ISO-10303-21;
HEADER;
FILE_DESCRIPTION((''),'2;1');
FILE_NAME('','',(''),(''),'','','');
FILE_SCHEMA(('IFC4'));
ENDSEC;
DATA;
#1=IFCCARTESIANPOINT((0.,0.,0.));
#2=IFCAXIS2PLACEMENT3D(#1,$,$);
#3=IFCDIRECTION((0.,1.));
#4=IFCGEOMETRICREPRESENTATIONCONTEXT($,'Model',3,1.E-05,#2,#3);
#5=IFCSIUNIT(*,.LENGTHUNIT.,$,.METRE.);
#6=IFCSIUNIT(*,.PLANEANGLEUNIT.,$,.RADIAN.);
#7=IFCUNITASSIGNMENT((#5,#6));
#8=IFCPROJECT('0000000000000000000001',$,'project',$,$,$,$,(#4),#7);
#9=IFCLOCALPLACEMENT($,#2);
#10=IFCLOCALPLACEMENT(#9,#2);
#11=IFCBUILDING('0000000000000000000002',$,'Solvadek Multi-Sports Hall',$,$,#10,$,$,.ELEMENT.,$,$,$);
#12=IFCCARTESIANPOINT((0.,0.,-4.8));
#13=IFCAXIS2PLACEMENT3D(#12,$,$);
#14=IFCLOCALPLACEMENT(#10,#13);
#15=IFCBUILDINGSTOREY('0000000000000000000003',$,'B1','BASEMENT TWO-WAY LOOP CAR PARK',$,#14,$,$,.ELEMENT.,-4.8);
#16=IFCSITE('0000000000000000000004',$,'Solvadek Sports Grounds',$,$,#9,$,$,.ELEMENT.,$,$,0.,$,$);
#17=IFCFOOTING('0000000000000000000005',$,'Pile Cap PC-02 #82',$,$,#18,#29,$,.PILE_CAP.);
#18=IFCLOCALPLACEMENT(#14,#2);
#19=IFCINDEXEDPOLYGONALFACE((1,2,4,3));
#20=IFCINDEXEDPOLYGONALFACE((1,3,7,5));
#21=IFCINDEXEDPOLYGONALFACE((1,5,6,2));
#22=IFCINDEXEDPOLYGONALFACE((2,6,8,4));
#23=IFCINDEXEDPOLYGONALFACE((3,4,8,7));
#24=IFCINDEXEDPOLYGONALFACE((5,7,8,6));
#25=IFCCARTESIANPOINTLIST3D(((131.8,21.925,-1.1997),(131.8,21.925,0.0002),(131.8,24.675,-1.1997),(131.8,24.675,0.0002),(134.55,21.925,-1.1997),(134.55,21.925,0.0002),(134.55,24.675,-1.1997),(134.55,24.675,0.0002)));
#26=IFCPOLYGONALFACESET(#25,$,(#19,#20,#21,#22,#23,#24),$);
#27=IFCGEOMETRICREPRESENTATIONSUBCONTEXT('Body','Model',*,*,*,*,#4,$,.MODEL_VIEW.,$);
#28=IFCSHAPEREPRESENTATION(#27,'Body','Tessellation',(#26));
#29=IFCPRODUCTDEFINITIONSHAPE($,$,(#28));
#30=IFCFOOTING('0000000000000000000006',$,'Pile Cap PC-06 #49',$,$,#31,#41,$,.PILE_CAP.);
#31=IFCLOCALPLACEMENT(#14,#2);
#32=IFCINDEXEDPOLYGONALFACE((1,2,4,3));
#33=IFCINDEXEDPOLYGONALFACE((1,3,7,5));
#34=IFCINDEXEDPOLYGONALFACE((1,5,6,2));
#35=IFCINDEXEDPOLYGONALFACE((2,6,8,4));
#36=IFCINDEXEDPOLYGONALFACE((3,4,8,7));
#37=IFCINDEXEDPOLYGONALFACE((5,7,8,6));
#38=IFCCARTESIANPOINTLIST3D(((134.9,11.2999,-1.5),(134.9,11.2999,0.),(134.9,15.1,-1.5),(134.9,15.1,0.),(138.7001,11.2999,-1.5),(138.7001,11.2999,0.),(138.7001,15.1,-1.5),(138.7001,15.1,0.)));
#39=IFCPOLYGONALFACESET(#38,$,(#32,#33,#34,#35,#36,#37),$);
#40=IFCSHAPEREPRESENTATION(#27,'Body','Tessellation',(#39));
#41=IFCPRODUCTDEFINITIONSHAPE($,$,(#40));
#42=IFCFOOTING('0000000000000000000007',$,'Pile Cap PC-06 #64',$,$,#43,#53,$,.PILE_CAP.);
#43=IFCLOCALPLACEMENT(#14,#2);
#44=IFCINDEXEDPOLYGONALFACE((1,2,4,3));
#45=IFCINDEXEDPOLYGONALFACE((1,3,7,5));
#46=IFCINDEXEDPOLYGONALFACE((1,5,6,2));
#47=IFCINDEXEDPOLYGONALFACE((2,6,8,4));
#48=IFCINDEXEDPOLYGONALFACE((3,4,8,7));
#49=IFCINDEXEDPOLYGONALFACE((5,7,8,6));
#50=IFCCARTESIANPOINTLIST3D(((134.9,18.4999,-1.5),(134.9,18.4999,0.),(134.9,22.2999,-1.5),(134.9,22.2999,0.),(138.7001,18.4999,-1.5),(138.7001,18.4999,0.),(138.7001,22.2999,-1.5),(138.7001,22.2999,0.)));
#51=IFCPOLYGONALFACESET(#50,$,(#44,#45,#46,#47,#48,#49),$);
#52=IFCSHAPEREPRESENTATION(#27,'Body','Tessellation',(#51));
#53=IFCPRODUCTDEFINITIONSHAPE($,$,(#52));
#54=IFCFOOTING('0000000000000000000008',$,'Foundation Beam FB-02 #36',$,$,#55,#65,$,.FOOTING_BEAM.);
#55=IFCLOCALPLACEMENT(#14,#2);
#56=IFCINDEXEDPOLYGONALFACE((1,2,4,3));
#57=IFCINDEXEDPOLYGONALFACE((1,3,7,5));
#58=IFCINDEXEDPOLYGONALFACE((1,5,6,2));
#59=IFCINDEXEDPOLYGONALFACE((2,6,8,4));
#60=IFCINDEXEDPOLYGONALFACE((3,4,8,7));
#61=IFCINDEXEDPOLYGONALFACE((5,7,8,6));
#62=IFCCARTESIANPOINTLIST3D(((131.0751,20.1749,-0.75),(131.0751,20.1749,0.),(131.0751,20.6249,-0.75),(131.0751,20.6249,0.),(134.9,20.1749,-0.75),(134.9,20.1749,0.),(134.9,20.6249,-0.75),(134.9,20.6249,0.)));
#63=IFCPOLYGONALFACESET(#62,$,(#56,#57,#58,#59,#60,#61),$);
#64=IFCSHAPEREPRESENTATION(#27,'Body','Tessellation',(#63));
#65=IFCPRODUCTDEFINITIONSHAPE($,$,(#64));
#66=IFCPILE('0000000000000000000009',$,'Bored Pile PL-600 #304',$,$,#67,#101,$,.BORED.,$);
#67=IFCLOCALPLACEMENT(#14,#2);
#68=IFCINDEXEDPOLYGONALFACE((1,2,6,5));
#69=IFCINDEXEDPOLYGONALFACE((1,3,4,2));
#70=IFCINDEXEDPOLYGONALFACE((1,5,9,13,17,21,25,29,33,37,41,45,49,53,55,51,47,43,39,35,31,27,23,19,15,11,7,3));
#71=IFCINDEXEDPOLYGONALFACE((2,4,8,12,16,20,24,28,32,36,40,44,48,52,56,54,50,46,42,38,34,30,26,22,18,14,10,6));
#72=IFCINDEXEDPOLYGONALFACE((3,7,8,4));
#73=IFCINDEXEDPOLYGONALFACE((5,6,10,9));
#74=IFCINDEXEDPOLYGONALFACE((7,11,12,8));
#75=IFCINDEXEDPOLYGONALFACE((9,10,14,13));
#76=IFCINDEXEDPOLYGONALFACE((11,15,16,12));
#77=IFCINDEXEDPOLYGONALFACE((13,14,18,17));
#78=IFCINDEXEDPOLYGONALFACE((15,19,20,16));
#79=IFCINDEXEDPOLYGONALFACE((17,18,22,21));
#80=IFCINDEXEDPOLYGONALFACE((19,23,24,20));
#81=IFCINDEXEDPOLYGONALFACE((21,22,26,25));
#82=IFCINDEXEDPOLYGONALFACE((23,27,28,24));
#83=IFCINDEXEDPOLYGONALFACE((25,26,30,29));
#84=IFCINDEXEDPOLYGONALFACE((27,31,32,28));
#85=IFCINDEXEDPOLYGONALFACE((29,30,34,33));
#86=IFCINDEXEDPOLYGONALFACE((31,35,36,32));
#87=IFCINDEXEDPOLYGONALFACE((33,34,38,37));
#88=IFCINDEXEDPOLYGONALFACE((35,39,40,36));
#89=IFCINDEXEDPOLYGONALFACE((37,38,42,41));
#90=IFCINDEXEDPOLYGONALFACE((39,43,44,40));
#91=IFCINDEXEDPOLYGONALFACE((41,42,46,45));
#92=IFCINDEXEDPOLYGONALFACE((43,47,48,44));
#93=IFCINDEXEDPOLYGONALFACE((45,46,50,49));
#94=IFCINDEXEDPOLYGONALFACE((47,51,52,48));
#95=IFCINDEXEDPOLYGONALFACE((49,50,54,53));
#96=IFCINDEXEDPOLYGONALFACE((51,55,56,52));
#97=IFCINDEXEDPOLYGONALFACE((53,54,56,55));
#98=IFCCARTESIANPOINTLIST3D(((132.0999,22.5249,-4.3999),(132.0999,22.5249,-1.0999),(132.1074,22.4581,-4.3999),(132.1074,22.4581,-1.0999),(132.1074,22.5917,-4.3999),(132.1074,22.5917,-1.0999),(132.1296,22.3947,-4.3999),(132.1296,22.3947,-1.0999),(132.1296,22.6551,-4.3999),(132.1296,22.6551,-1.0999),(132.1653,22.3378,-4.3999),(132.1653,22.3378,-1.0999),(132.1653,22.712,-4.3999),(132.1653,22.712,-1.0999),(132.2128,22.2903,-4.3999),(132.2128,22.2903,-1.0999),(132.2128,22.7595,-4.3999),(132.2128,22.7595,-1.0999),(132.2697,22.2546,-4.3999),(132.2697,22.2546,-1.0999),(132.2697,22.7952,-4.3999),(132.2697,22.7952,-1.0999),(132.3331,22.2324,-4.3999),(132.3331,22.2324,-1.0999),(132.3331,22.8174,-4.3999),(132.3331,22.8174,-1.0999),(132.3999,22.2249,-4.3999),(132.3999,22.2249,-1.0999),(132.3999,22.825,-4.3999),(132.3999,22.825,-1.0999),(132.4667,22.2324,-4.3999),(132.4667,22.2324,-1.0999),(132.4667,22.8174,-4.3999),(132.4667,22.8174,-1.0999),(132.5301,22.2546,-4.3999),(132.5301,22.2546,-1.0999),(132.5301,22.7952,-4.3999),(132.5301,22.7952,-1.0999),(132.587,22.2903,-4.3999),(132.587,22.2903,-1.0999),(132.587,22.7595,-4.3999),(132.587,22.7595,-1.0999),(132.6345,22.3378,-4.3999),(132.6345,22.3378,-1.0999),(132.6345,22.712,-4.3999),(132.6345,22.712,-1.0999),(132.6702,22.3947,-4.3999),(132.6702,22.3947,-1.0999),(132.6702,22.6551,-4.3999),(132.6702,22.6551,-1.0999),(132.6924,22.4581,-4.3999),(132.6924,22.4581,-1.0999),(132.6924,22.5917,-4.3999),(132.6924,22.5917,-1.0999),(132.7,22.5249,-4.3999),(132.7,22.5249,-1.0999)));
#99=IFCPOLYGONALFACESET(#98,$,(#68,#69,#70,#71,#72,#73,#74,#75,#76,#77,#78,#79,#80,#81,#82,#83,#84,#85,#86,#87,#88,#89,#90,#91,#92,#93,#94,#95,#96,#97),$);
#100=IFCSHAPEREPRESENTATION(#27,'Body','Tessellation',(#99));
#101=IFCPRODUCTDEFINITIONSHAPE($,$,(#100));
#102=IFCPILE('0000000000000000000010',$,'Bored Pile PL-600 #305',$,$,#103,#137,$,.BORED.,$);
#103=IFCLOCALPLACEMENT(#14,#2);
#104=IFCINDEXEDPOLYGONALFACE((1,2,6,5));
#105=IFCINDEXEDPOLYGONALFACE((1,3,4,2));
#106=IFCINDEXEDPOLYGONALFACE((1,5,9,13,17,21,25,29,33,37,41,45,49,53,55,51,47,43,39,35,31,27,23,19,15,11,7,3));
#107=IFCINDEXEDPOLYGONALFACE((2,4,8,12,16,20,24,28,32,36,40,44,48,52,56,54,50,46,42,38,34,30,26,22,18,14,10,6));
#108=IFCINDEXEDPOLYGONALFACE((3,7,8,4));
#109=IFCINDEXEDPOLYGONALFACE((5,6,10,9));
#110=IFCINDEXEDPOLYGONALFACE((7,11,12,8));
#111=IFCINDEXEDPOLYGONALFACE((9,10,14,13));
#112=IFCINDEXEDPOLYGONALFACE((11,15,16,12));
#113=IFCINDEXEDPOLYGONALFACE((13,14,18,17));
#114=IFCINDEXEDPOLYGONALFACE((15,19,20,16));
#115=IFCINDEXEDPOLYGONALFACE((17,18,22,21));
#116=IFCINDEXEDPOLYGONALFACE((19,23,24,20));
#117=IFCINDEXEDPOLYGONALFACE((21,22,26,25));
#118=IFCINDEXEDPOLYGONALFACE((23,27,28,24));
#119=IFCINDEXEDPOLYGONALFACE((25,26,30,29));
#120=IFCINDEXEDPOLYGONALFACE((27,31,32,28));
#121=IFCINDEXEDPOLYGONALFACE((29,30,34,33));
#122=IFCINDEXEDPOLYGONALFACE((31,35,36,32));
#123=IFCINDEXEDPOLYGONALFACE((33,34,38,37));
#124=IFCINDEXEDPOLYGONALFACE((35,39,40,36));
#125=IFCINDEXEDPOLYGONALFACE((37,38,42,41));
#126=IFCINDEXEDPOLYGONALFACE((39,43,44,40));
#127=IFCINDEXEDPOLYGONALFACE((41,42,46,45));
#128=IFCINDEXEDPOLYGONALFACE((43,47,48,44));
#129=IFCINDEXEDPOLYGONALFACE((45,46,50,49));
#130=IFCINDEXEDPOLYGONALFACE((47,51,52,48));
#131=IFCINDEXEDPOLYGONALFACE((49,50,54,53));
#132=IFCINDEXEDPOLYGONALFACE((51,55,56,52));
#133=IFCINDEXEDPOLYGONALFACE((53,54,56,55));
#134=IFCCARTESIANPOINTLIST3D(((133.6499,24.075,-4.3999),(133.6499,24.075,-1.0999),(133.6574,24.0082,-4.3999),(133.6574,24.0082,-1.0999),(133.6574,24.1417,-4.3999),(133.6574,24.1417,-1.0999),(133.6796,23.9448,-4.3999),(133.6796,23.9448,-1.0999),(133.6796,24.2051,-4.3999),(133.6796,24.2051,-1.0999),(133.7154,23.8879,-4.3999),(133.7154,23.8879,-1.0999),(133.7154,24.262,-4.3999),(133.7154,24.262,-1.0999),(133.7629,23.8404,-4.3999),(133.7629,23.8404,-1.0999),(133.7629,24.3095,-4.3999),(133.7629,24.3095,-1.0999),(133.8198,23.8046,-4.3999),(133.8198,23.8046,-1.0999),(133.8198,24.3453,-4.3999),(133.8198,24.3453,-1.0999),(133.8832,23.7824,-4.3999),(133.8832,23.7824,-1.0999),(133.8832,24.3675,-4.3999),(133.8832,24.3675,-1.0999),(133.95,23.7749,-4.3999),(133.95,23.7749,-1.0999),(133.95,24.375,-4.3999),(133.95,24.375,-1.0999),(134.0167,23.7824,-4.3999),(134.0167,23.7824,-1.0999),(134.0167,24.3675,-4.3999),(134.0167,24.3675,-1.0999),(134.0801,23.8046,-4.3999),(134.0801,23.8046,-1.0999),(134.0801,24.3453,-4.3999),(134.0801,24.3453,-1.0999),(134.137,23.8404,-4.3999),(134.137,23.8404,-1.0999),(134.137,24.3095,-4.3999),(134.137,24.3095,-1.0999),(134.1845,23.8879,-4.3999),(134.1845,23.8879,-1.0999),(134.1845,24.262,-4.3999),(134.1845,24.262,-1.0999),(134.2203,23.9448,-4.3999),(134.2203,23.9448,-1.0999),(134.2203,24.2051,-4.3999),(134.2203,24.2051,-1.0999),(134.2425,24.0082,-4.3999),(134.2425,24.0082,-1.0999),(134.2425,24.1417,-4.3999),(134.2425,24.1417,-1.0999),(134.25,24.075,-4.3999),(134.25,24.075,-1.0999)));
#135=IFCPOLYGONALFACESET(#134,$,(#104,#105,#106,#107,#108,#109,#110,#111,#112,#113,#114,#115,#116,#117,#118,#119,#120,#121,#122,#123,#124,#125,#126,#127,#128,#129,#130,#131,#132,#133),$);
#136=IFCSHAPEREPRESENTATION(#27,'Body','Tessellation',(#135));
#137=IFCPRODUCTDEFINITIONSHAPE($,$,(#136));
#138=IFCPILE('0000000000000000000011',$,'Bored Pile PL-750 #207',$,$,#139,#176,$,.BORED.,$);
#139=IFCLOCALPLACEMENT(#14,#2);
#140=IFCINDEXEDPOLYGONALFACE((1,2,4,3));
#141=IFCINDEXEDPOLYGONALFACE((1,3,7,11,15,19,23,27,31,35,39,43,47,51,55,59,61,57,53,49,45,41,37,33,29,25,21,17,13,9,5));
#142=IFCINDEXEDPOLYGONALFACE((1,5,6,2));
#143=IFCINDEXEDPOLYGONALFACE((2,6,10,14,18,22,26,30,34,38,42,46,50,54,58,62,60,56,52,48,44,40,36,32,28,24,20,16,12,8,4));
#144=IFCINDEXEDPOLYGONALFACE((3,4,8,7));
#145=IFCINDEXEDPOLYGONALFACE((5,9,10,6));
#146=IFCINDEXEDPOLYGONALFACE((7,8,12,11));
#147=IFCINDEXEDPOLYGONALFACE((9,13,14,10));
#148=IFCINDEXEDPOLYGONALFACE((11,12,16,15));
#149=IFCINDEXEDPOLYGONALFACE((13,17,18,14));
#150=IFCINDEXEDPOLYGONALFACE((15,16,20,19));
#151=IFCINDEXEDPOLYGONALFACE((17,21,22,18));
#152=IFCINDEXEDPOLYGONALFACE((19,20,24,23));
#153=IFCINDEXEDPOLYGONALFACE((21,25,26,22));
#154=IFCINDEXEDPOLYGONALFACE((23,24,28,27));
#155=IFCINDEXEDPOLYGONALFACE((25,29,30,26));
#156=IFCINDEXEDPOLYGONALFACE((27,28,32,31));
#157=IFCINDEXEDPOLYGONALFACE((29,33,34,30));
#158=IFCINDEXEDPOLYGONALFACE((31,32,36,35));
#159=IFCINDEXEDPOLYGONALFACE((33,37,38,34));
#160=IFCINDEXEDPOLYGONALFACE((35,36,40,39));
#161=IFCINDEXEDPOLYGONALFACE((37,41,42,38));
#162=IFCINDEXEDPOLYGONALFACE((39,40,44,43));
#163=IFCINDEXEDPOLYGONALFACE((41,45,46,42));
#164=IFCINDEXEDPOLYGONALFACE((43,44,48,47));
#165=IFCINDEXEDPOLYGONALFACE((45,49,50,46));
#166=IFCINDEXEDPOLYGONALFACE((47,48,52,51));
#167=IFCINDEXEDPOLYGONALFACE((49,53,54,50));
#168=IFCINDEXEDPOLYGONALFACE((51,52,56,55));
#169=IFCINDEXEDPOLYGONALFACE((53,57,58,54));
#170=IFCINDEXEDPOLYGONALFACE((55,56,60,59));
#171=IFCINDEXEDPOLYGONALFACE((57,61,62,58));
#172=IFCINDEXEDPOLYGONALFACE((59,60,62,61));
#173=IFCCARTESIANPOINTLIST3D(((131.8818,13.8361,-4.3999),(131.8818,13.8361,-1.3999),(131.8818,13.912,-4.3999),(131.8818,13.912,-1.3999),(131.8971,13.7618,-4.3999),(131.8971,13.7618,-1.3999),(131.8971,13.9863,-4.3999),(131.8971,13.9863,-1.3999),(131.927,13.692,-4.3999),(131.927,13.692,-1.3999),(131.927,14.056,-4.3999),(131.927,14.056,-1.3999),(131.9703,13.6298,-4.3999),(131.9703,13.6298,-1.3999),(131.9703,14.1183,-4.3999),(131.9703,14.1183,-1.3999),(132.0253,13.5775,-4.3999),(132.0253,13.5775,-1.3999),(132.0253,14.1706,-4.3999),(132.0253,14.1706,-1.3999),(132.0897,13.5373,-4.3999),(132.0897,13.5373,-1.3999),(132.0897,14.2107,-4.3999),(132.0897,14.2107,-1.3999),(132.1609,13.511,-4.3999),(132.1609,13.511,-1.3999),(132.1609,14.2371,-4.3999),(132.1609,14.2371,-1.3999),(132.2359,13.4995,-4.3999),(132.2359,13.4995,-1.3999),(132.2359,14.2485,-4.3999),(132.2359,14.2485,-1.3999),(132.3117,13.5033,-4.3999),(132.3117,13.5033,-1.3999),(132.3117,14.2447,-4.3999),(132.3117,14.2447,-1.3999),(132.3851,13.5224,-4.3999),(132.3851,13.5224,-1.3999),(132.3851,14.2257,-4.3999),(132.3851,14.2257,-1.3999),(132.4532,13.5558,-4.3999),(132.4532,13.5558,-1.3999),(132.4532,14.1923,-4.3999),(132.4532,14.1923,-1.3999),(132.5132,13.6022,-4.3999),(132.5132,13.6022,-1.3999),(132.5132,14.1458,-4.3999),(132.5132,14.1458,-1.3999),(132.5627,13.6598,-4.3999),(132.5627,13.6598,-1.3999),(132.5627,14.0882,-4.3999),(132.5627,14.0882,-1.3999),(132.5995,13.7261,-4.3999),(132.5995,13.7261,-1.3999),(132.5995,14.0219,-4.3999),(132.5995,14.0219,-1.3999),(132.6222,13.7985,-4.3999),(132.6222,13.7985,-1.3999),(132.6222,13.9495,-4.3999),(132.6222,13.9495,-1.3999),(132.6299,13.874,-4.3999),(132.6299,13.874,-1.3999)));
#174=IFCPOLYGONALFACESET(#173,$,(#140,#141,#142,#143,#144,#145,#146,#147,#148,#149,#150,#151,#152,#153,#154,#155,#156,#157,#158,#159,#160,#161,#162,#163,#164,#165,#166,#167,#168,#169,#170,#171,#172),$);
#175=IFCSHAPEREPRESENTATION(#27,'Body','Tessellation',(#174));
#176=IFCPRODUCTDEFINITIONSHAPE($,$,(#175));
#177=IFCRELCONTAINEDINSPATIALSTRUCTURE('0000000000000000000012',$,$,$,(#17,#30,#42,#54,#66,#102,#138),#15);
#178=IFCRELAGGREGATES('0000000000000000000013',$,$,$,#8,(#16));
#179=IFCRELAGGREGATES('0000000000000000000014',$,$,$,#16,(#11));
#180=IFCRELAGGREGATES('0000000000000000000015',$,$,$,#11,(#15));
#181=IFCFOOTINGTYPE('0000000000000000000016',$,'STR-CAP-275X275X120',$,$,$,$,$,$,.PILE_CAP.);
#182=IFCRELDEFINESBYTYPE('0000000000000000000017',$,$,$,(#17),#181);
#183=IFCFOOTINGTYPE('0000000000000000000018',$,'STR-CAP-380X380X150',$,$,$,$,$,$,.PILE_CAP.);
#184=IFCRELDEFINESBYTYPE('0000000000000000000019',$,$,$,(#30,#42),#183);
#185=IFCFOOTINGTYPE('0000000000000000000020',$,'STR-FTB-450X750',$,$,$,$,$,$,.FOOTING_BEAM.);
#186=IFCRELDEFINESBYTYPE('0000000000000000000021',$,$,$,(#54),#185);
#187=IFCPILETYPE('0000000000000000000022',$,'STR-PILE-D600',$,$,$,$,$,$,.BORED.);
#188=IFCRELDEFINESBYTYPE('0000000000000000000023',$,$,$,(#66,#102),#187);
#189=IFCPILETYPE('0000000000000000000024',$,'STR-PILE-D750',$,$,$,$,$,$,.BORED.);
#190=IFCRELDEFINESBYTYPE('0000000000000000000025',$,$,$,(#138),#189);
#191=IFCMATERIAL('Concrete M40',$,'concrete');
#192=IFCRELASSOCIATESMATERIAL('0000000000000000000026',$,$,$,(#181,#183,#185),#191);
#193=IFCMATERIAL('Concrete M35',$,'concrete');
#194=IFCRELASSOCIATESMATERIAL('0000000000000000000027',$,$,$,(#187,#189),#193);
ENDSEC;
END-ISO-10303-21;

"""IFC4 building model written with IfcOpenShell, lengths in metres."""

from ifc_helpers import new_model, si_unit, direction, frame, origin, origin_2d, place, context, subcontext, project, spatial, rectangle, circle, extrude, material, material_profile, profile_set, type_object, element, save


model = new_model("IFC4")

# Units and contexts
model_context = context("Model", 3, precision=1e-05, world=origin(), true_north=direction((0.0, 1.0)))
body_context = subcontext(model_context, "Body", "Model", "MODEL_VIEW")
ifc_project = project(units=[si_unit("LENGTHUNIT", "METRE"), si_unit("PLANEANGLEUNIT", "RADIAN")], contexts=[model_context])

# Site, building, storey
site_placement = place(None, origin())
site = spatial("IfcSite", under=ifc_project, at=site_placement, Name="Solvadek Sports Grounds", CompositionType="ELEMENT", RefElevation=0.0)
building_placement = place(site_placement, origin())
building = spatial("IfcBuilding", under=site, at=building_placement, Name="Solvadek Multi-Sports Hall", CompositionType="ELEMENT")
storey_placement = place(building_placement, frame((0.0, 0.0, -4.8)))
storey = spatial("IfcBuildingStorey", under=building, at=storey_placement, Name="B1", Description="BASEMENT TWO-WAY LOOP CAR PARK", CompositionType="ELEMENT", Elevation=-4.8)

# Footings
ifc_material_1 = material(Name="Concrete M40", Category="concrete")
footing_type_1 = type_object("IfcFootingType", Name="STR-CAP-275X275X120", PredefinedType="PILE_CAP", material=ifc_material_1)
footing_1_placement = place(storey_placement, frame((133.175, 23.3, -1.1997), z_axis=(0.0, 0.0, 1.0), x_axis=(1.0, 0.0, 0.0)))
element("IfcFooting", 1, at=footing_1_placement, inside=storey, type_object=footing_type_1, Name="Pile Cap PC-02 #82", PredefinedType="PILE_CAP", context=body_context, shape_type="SweptSolid", body=[
    extrude(rectangle(XDim=2.75, YDim=2.75, at=origin_2d()), origin(), (0.0, 0.0, 1.0), 1.2),
])
footing_type_2 = type_object("IfcFootingType", Name="STR-CAP-380X380X150", PredefinedType="PILE_CAP", material=ifc_material_1)
for number, where, z_axis, x_axis, name in (
    (2, (136.8, 13.2, -1.5), (0.0, 0.0, 1.0), (1.0, 0.0, 0.0), "Pile Cap PC-06 #49"),
    (3, (136.8, 20.3999, -1.5), (0.0, 0.0, 1.0), (1.0, 0.0, 0.0), "Pile Cap PC-06 #64"),
):
    element("IfcFooting", number, at=place(storey_placement, frame(where, z_axis=z_axis, x_axis=x_axis)), inside=storey, type_object=footing_type_2, Name=name, PredefinedType="PILE_CAP", context=body_context, shape_type="SweptSolid", body=[
        extrude(rectangle(XDim=3.8, YDim=3.8, at=origin_2d()), origin(), (0.0, 0.0, 1.0), 1.5),
    ])
footing_type_3 = type_object("IfcFootingType", Name="STR-FTB-450X750", PredefinedType="FOOTING_BEAM", material=ifc_material_1)
footing_2_placement = place(storey_placement, frame((132.9875, 20.3999, -0.75), z_axis=(0.0, 0.0, 1.0), x_axis=(1.0, 0.0, 0.0)))
element("IfcFooting", 4, at=footing_2_placement, inside=storey, type_object=footing_type_3, Name="Foundation Beam FB-02 #36", PredefinedType="FOOTING_BEAM", context=body_context, shape_type="SweptSolid", body=[
    extrude(rectangle(XDim=3.825, YDim=0.45, at=origin_2d()), origin(), (0.0, 0.0, 1.0), 0.75),
])

# Piles
ifc_material_2 = material(Name="Concrete M35", Category="concrete")
ifc_material_profile_1 = material_profile(ifc_material_2, circle(Radius=0.3, at=origin_2d()), Name="BORED PILE D600")
ifc_profile_set_1 = profile_set([ifc_material_profile_1], Name="Concrete M35")
pile_type_1 = type_object("IfcPileType", Name="STR-PILE-D600", PredefinedType="BORED", material=ifc_profile_set_1)
for number, where, z_axis, x_axis, name in (
    (5, (132.3999, 22.5249, -1.0999), (0.0, 0.0, -1.0), (1.0, 0.0, 0.0), "Bored Pile PL-600 #304"),
    (6, (133.95, 24.075, -1.0999), (0.0, 0.0, -1.0), (1.0, 0.0, 0.0), "Bored Pile PL-600 #305"),
):
    element("IfcPile", number, at=place(storey_placement, frame(where, z_axis=z_axis, x_axis=x_axis)), inside=storey, type_object=pile_type_1, Name=name, PredefinedType="BORED", context=body_context, shape_type="SweptSolid", body=[
        extrude(circle(Radius=0.3, at=origin_2d()), origin(), (0.0, 0.0, 1.0), 3.3),
    ])
ifc_material_profile_2 = material_profile(ifc_material_2, circle(Radius=0.375, at=origin_2d()), Name="BORED PILE D750")
ifc_profile_set_2 = profile_set([ifc_material_profile_2], Name="Concrete M35")
pile_type_2 = type_object("IfcPileType", Name="STR-PILE-D750", PredefinedType="BORED", material=ifc_profile_set_2)
pile_placement = place(storey_placement, frame((132.2549, 13.874, -1.3999), z_axis=(0.0, 0.0, -1.0), x_axis=(1.0, 0.0, 0.0)))
element("IfcPile", 7, at=pile_placement, inside=storey, type_object=pile_type_2, Name="Bored Pile PL-750 #207", PredefinedType="BORED", context=body_context, shape_type="SweptSolid", body=[
    extrude(circle(Radius=0.375, at=origin_2d()), origin(), (0.0, 0.0, 1.0), 3.0),
])

save(model, "model.ifc")
